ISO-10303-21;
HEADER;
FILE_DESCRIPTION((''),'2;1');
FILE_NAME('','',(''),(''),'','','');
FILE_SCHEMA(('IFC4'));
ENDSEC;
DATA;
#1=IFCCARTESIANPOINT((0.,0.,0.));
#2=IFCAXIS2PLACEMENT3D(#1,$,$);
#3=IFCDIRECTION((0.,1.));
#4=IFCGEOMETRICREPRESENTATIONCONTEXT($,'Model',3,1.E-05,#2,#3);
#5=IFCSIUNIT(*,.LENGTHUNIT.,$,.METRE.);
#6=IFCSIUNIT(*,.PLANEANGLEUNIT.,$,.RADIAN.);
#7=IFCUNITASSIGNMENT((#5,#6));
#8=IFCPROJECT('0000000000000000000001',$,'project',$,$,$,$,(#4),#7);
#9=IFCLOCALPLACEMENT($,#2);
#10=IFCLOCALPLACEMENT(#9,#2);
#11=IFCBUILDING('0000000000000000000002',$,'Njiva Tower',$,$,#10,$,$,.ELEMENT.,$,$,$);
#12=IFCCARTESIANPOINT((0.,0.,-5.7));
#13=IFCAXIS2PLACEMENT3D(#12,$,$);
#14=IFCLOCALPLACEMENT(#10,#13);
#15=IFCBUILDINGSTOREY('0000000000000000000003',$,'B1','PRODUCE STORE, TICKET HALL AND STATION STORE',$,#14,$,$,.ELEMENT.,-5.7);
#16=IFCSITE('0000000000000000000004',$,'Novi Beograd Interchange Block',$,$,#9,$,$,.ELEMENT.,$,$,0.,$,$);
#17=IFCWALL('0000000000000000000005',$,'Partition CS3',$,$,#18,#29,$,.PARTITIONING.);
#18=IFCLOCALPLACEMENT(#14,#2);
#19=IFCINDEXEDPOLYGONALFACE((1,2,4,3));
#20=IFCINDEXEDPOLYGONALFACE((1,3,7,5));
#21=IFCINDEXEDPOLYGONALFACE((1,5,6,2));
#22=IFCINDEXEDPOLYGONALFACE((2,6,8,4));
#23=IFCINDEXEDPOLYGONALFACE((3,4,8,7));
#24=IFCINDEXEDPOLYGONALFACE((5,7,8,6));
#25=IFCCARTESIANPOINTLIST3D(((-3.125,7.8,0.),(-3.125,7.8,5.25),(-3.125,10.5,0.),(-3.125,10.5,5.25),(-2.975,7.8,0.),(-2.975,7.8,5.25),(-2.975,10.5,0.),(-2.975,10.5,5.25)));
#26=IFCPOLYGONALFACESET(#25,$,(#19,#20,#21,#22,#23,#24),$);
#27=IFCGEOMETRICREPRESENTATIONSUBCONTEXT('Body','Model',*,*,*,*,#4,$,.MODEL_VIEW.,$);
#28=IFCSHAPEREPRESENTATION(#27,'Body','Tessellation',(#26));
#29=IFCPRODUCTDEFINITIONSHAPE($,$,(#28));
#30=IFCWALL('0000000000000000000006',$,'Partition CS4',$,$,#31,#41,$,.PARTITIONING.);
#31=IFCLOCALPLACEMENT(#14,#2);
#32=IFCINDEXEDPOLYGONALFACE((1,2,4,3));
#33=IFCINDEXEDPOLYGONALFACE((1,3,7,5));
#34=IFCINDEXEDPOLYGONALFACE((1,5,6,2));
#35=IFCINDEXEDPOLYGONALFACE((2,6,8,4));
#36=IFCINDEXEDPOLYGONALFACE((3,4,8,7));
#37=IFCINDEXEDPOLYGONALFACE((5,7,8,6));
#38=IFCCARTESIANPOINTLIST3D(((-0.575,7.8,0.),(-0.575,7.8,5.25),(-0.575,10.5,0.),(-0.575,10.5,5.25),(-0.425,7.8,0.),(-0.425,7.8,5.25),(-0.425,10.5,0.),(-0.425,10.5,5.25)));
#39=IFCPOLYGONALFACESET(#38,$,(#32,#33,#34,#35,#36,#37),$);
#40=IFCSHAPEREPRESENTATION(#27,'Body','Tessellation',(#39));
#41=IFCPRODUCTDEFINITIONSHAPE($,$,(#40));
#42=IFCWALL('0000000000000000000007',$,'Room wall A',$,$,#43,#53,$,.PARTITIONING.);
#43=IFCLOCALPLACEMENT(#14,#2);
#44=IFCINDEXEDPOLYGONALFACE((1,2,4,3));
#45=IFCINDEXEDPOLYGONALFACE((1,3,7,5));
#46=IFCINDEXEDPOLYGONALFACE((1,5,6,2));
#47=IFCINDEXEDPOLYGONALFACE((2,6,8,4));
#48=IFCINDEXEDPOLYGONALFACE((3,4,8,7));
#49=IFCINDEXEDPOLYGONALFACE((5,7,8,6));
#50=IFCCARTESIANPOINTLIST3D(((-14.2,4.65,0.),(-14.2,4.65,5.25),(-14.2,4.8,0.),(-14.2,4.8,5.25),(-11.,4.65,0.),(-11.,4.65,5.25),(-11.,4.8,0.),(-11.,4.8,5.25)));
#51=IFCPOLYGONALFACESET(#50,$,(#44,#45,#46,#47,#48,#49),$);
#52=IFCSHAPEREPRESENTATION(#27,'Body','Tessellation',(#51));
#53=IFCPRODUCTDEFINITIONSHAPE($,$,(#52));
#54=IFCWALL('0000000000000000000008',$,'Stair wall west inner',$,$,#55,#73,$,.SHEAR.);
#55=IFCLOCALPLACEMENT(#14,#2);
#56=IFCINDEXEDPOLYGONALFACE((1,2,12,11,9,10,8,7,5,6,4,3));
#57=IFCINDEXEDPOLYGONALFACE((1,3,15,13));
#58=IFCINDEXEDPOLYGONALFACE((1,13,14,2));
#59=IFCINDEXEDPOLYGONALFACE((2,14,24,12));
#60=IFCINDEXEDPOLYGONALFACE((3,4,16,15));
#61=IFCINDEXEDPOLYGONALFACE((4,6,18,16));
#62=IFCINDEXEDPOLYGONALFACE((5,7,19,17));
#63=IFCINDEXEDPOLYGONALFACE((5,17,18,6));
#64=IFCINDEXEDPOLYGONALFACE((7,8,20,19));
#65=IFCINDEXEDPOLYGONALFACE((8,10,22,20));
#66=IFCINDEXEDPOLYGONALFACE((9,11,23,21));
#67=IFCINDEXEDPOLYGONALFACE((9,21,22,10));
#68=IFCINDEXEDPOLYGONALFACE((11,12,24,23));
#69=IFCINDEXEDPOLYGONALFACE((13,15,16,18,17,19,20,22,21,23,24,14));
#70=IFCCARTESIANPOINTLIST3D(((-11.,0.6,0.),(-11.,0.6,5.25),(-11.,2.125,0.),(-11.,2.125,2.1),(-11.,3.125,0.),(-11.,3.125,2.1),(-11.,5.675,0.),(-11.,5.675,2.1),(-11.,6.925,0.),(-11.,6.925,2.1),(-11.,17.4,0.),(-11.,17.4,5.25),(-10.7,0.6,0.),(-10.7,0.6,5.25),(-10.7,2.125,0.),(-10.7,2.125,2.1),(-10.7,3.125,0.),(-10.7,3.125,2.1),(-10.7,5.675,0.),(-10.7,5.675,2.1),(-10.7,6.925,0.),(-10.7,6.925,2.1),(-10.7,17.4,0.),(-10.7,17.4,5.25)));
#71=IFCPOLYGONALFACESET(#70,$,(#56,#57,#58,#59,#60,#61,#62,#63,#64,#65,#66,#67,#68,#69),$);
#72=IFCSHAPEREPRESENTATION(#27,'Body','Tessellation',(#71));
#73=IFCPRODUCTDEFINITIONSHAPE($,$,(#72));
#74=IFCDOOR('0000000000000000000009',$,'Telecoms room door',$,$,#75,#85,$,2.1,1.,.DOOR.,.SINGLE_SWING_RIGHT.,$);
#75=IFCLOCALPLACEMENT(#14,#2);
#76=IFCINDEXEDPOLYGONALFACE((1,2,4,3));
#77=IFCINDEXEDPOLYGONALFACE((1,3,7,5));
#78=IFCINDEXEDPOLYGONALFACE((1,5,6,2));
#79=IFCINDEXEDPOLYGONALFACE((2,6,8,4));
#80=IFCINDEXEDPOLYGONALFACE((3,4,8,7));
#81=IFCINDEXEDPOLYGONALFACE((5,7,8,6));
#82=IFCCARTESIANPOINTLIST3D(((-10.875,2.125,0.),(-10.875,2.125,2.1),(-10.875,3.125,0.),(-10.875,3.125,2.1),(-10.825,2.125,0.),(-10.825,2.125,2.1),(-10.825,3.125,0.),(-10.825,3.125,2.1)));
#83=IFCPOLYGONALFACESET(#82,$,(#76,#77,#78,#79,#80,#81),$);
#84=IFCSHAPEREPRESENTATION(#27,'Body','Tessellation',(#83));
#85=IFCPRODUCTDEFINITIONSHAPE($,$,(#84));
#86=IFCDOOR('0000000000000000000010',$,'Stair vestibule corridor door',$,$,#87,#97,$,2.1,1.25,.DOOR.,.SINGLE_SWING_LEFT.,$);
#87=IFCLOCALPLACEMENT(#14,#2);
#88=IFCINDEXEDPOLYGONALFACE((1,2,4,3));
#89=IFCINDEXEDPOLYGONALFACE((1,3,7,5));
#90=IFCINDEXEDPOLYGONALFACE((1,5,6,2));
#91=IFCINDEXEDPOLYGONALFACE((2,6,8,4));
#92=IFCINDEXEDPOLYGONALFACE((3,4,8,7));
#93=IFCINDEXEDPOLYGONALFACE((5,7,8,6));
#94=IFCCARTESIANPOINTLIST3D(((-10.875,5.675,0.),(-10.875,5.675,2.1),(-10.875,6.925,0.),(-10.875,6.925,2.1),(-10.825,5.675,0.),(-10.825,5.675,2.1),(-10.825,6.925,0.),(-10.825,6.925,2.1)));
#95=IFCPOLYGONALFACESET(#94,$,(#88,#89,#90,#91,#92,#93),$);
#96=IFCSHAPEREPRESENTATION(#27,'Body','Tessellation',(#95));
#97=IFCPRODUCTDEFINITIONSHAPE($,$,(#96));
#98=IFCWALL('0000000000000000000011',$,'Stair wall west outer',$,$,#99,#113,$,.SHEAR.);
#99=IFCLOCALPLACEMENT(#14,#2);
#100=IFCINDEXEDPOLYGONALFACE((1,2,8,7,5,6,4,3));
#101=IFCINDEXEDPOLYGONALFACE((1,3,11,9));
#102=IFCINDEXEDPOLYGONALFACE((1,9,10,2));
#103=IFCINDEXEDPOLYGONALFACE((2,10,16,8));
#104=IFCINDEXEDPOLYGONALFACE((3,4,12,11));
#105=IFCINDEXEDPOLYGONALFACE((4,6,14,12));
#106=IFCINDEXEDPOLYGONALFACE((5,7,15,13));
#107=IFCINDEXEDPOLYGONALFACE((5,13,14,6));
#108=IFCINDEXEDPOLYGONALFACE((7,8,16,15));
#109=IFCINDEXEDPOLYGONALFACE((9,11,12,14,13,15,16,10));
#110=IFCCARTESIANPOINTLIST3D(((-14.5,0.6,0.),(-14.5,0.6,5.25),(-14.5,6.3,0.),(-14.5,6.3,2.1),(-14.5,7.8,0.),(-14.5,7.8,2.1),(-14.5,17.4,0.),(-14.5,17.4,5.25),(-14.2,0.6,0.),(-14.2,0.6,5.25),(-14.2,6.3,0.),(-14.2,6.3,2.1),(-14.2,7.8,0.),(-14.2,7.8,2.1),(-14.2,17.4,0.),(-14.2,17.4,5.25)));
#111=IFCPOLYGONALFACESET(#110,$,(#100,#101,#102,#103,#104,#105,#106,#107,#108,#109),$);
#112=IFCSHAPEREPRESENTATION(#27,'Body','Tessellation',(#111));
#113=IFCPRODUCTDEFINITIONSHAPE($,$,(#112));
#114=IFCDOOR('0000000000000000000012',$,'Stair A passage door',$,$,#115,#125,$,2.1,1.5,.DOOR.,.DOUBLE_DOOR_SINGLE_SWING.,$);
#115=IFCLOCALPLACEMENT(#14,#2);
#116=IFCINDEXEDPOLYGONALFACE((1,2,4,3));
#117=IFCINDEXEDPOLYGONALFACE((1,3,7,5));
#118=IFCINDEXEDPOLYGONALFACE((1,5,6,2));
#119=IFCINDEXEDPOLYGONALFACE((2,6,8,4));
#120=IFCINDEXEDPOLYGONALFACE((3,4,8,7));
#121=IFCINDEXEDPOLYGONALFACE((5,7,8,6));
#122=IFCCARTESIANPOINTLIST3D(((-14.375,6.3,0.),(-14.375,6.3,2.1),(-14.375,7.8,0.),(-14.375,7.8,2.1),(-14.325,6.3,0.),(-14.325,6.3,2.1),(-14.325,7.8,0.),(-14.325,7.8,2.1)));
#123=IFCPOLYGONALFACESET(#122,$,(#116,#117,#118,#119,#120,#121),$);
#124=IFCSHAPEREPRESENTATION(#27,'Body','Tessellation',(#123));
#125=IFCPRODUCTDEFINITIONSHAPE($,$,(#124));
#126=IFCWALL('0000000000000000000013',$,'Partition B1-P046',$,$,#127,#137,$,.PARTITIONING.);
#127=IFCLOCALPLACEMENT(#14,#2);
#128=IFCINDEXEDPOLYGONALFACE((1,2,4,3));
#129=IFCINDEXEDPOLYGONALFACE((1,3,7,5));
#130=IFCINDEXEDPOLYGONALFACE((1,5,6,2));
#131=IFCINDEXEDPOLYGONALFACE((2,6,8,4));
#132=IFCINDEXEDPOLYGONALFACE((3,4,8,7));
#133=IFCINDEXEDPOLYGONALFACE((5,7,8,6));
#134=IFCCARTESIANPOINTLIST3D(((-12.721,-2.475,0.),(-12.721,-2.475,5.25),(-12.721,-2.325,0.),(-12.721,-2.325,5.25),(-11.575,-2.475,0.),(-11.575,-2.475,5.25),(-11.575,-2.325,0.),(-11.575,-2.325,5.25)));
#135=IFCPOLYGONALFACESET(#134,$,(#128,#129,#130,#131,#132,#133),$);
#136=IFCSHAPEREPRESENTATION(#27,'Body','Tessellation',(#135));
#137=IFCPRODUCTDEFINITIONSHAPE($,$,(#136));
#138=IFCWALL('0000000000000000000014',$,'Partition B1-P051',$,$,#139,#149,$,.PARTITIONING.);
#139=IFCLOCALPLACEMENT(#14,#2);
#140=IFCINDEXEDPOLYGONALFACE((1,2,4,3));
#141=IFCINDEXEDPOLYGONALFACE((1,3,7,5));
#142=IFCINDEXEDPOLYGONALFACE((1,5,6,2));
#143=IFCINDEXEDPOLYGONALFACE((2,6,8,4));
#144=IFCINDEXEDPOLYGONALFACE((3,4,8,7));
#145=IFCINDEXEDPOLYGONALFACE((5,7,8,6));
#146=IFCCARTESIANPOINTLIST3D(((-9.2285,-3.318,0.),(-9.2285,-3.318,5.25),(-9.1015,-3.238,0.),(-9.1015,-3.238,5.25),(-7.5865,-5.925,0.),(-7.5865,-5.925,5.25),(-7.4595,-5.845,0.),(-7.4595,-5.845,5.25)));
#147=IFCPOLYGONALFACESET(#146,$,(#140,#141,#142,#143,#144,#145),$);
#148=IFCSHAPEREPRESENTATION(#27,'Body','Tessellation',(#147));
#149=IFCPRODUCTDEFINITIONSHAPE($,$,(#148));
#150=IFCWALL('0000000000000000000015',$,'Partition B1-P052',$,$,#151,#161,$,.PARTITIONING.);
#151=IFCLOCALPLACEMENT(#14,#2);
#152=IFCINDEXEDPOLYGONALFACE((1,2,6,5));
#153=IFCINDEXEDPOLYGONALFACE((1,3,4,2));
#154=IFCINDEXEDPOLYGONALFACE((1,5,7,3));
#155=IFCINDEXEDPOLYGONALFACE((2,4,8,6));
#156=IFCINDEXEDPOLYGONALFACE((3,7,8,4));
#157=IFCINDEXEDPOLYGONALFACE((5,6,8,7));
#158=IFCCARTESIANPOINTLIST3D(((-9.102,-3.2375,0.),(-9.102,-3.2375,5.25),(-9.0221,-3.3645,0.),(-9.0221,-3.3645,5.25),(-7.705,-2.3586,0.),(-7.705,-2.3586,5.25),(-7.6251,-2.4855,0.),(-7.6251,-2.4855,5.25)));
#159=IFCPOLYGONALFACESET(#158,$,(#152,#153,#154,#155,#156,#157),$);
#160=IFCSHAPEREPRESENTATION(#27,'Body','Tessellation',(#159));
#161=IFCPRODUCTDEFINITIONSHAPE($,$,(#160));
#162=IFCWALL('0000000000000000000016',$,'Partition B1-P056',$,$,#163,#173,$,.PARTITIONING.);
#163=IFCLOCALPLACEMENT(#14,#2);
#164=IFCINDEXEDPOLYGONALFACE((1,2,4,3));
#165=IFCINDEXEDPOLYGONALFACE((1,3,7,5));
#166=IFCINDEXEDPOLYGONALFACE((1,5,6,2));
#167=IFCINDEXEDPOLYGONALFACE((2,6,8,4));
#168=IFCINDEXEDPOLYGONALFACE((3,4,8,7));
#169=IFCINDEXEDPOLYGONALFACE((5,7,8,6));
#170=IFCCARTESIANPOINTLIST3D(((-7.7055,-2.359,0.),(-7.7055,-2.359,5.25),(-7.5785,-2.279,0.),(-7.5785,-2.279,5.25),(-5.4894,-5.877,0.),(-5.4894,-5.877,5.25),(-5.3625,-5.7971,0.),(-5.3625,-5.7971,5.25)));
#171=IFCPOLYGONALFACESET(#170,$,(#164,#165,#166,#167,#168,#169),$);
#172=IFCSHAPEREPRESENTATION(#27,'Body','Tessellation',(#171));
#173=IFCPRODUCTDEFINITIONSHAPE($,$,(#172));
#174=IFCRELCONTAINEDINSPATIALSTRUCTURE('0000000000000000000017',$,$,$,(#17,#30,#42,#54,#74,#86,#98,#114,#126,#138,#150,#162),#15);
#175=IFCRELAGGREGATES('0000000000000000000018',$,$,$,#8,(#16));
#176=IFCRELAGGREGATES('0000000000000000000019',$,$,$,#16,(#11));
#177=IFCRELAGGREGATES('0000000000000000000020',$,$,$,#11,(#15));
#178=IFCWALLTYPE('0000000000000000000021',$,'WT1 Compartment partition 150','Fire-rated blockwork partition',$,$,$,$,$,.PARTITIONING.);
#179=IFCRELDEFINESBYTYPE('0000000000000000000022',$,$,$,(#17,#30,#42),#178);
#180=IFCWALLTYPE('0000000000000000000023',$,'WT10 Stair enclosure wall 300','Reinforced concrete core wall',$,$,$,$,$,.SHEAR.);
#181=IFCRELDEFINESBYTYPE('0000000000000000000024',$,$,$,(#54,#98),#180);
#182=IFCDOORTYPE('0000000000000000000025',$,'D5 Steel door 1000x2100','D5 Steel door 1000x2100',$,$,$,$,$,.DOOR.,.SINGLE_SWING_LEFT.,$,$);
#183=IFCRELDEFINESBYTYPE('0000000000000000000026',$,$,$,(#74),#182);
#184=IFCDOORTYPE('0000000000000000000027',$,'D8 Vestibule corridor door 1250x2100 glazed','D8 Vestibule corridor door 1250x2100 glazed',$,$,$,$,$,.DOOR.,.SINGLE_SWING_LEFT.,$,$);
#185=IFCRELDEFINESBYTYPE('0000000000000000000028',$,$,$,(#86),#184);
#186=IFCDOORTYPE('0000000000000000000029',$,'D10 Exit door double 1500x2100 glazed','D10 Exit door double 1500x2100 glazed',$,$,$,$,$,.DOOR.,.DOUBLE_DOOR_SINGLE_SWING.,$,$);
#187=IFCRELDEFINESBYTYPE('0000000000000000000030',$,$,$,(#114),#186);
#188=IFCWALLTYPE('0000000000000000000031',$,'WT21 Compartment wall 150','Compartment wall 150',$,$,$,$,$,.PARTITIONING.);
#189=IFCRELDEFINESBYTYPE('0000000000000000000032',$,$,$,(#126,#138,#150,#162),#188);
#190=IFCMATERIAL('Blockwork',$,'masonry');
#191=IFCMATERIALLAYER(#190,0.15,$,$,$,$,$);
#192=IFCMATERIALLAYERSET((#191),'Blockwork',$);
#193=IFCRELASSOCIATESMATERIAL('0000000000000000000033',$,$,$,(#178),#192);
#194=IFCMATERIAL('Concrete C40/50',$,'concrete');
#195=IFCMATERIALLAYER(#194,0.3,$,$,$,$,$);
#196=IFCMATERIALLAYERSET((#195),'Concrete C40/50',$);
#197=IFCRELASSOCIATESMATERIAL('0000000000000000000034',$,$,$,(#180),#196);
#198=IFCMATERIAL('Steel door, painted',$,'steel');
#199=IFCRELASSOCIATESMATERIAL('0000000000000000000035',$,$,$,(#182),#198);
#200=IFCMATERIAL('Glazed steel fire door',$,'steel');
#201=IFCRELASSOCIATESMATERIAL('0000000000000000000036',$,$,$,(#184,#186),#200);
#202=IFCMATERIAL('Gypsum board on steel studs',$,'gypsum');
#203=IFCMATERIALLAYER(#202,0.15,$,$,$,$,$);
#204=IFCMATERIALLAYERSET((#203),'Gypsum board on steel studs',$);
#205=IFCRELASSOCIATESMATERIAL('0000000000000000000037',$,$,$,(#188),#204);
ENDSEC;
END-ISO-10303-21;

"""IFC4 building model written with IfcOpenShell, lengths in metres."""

from ifc_helpers import new_model, si_unit, direction, frame, frame_2d, origin, place, context, subcontext, project, spatial, rectangle, extrude, material, layer, layer_set, type_object, element, fill, save


model = new_model("IFC4")

# Units and contexts
model_context = context("Model", 3, precision=1e-05, world=origin(), true_north=direction((0.0, 1.0)))
body_context = subcontext(model_context, "Body", "Model", "MODEL_VIEW")
ifc_project = project(units=[si_unit("LENGTHUNIT", "METRE"), si_unit("PLANEANGLEUNIT", "RADIAN")], contexts=[model_context])

# Site, building, storey
site_placement = place(None, origin())
site = spatial("IfcSite", under=ifc_project, at=site_placement, Name="Novi Beograd Interchange Block", CompositionType="ELEMENT", RefElevation=0.0)
building_placement = place(site_placement, origin())
building = spatial("IfcBuilding", under=site, at=building_placement, Name="Njiva Tower", CompositionType="ELEMENT")
storey_placement = place(building_placement, frame((0.0, 0.0, -5.7)))
storey = spatial("IfcBuildingStorey", under=building, at=storey_placement, Name="B1", Description="PRODUCE STORE, TICKET HALL AND STATION STORE", CompositionType="ELEMENT", Elevation=-5.7)

# Shared definitions
ifc_material_1 = material(Name="Concrete C40/50", Category="concrete")

# Walls
ifc_material_2 = material(Name="Blockwork", Category="masonry")
ifc_layer_1 = layer(ifc_material_2, 0.15)
ifc_layer_set_1 = layer_set([ifc_layer_1], Name="Blockwork")
wall_type_1 = type_object("IfcWallType", Name="WT1 Compartment partition 150", Description="Fire-rated blockwork partition", PredefinedType="PARTITIONING", material=ifc_layer_set_1)
for number, where, z_axis, x_axis, name in (
    (1, (-3.05, 7.8, 0.0), (0.0, 0.0, 1.0), (0.0, 1.0, 0.0), "Partition CS3"),
    (2, (-0.5, 7.8, 0.0), (0.0, 0.0, 1.0), (0.0, 1.0, 0.0), "Partition CS4"),
):
    element("IfcWall", number, at=place(storey_placement, frame(where, z_axis=z_axis, x_axis=x_axis)), inside=storey, type_object=wall_type_1, Name=name, PredefinedType="PARTITIONING", context=body_context, shape_type="SweptSolid", body=[
        extrude(rectangle(XDim=2.7, YDim=0.15, at=frame_2d((1.35, 0.0))), origin(), (0.0, 0.0, 1.0), 5.25),
    ])
wall_1_placement = place(storey_placement, frame((-14.2, 4.725, 0.0), z_axis=(0.0, 0.0, 1.0), x_axis=(1.0, 0.0, 0.0)))
element("IfcWall", 3, at=wall_1_placement, inside=storey, type_object=wall_type_1, Name="Room wall A", PredefinedType="PARTITIONING", context=body_context, shape_type="SweptSolid", body=[
    extrude(rectangle(XDim=3.2, YDim=0.15, at=frame_2d((1.6, 0.0))), origin(), (0.0, 0.0, 1.0), 5.25),
])

# Wall, openings, doors
ifc_layer_2 = layer(ifc_material_1, 0.3)
ifc_layer_set_2 = layer_set([ifc_layer_2], Name="Concrete C40/50")
wall_type_2 = type_object("IfcWallType", Name="WT10 Stair enclosure wall 300", Description="Reinforced concrete core wall", PredefinedType="SHEAR", material=ifc_layer_set_2)
wall_2_placement = place(storey_placement, frame((-10.85, 0.6, 0.0), z_axis=(0.0, 0.0, 1.0), x_axis=(0.0, 1.0, 0.0)))
wall_2 = element("IfcWall", 4, at=wall_2_placement, inside=storey, type_object=wall_type_2, Name="Stair wall west inner", PredefinedType="SHEAR", context=body_context, shape_type="SweptSolid", body=[
    extrude(rectangle(XDim=16.8, YDim=0.3, at=frame_2d((8.4, 0.0))), origin(), (0.0, 0.0, 1.0), 5.25),
])
opening_1_placement = place(wall_2_placement, frame((5.075, 0.0, 0.0)))
opening_1 = element("IfcOpeningElement", 5, at=opening_1_placement, cuts=wall_2, PredefinedType="OPENING", context=body_context, shape_type="SweptSolid", body=[
    extrude(rectangle(XDim=1.25, YDim=2.1, at=frame_2d((0.625, 1.05))), frame((0.0, 0.16, 0.0), z_axis=(0.0, -1.0, 0.0), x_axis=(1.0, 0.0, 0.0)), (0.0, 0.0, 1.0), 0.32),
])
opening_2_placement = place(wall_2_placement, frame((1.525, 0.0, 0.0)))
opening_2 = element("IfcOpeningElement", 6, at=opening_2_placement, cuts=wall_2, PredefinedType="OPENING", context=body_context, shape_type="SweptSolid", body=[
    extrude(rectangle(XDim=1.0, YDim=2.1, at=frame_2d((0.5, 1.05))), frame((0.0, 0.16, 0.0), z_axis=(0.0, -1.0, 0.0), x_axis=(1.0, 0.0, 0.0)), (0.0, 0.0, 1.0), 0.32),
])
ifc_material_3 = material(Name="Steel door, painted", Category="steel")
door_type_1 = type_object("IfcDoorType", Name="D5 Steel door 1000x2100", Description="D5 Steel door 1000x2100", OperationType="SINGLE_SWING_LEFT", PredefinedType="DOOR", material=ifc_material_3)
door_1_placement = place(opening_2_placement, origin())
door_1 = element("IfcDoor", 7, at=door_1_placement, inside=storey, type_object=door_type_1, Name="Telecoms room door", OperationType="SINGLE_SWING_RIGHT", OverallHeight=2.1, OverallWidth=1.0, PredefinedType="DOOR", context=body_context, shape_type="SweptSolid", body=[
    extrude(rectangle(XDim=1.0, YDim=2.1, at=frame_2d((0.5, 1.05))), frame((0.0, 0.025, 0.0), z_axis=(0.0, -1.0, 0.0), x_axis=(1.0, 0.0, 0.0)), (0.0, 0.0, 1.0), 0.05),
])
fill(opening_2, door_1)
ifc_material_4 = material(Name="Glazed steel fire door", Category="steel")
door_type_2 = type_object("IfcDoorType", Name="D8 Vestibule corridor door 1250x2100 glazed", Description="D8 Vestibule corridor door 1250x2100 glazed", OperationType="SINGLE_SWING_LEFT", PredefinedType="DOOR", material=ifc_material_4)
door_2_placement = place(opening_1_placement, origin())
door_2 = element("IfcDoor", 8, at=door_2_placement, inside=storey, type_object=door_type_2, Name="Stair vestibule corridor door", OperationType="SINGLE_SWING_LEFT", OverallHeight=2.1, OverallWidth=1.25, PredefinedType="DOOR", context=body_context, shape_type="SweptSolid", body=[
    extrude(rectangle(XDim=1.25, YDim=2.1, at=frame_2d((0.625, 1.05))), frame((0.0, 0.025, 0.0), z_axis=(0.0, -1.0, 0.0), x_axis=(1.0, 0.0, 0.0)), (0.0, 0.0, 1.0), 0.05),
])
fill(opening_1, door_2)

# Wall, opening, door
wall_3_placement = place(storey_placement, frame((-14.35, 0.6, 0.0), z_axis=(0.0, 0.0, 1.0), x_axis=(0.0, 1.0, 0.0)))
wall_3 = element("IfcWall", 9, at=wall_3_placement, inside=storey, type_object=wall_type_2, Name="Stair wall west outer", PredefinedType="SHEAR", context=body_context, shape_type="SweptSolid", body=[
    extrude(rectangle(XDim=16.8, YDim=0.3, at=frame_2d((8.4, 0.0))), origin(), (0.0, 0.0, 1.0), 5.25),
])
opening_3_placement = place(wall_3_placement, frame((5.7, 0.0, 0.0)))
opening_3 = element("IfcOpeningElement", 10, at=opening_3_placement, cuts=wall_3, PredefinedType="OPENING", context=body_context, shape_type="SweptSolid", body=[
    extrude(rectangle(XDim=1.5, YDim=2.1, at=frame_2d((0.75, 1.05))), frame((0.0, 0.16, 0.0), z_axis=(0.0, -1.0, 0.0), x_axis=(1.0, 0.0, 0.0)), (0.0, 0.0, 1.0), 0.32),
])
door_type_3 = type_object("IfcDoorType", Name="D10 Exit door double 1500x2100 glazed", Description="D10 Exit door double 1500x2100 glazed", OperationType="DOUBLE_DOOR_SINGLE_SWING", PredefinedType="DOOR", material=ifc_material_4)
door_3_placement = place(opening_3_placement, origin())
door_3 = element("IfcDoor", 11, at=door_3_placement, inside=storey, type_object=door_type_3, Name="Stair A passage door", OperationType="DOUBLE_DOOR_SINGLE_SWING", OverallHeight=2.1, OverallWidth=1.5, PredefinedType="DOOR", context=body_context, shape_type="SweptSolid", body=[
    extrude(rectangle(XDim=1.5, YDim=2.1, at=frame_2d((0.75, 1.05))), frame((0.0, 0.025, 0.0), z_axis=(0.0, -1.0, 0.0), x_axis=(1.0, 0.0, 0.0)), (0.0, 0.0, 1.0), 0.05),
])
fill(opening_3, door_3)

# Walls
ifc_material_5 = material(Name="Gypsum board on steel studs", Category="gypsum")
ifc_layer_3 = layer(ifc_material_5, 0.15)
ifc_layer_set_3 = layer_set([ifc_layer_3], Name="Gypsum board on steel studs")
wall_type_3 = type_object("IfcWallType", Name="WT21 Compartment wall 150", Description="Compartment wall 150", PredefinedType="PARTITIONING", material=ifc_layer_set_3)
wall_4_placement = place(storey_placement, frame((-12.721, -2.4, 0.0), z_axis=(0.0, 0.0, 1.0), x_axis=(1.0, 0.0, 0.0)))
element("IfcWall", 12, at=wall_4_placement, inside=storey, type_object=wall_type_3, Name="Partition B1-P046", PredefinedType="PARTITIONING", context=body_context, shape_type="SweptSolid", body=[
    extrude(rectangle(XDim=1.146, YDim=0.15, at=frame_2d((0.573, 0.0))), origin(), (0.0, 0.0, 1.0), 5.25),
])
wall_5_placement = place(storey_placement, frame((-9.165, -3.278, 0.0), z_axis=(0.0, 0.0, 1.0), x_axis=(0.532942, -0.846152, 0.0)))
element("IfcWall", 13, at=wall_5_placement, inside=storey, type_object=wall_type_3, Name="Partition B1-P051", PredefinedType="PARTITIONING", context=body_context, shape_type="SweptSolid", body=[
    extrude(rectangle(XDim=3.081, YDim=0.15, at=frame_2d((1.5405, 0.0))), origin(), (0.0, 0.0, 1.0), 5.25),
])
wall_6_placement = place(storey_placement, frame((-9.062, -3.301, 0.0), z_axis=(0.0, 0.0, 1.0), x_axis=(0.846395, 0.532556, 0.0)))
element("IfcWall", 14, at=wall_6_placement, inside=storey, type_object=wall_type_3, Name="Partition B1-P052", PredefinedType="PARTITIONING", context=body_context, shape_type="SweptSolid", body=[
    extrude(rectangle(XDim=1.6505, YDim=0.15, at=frame_2d((0.8252, 0.0))), origin(), (0.0, 0.0, 1.0), 5.25),
])
wall_7_placement = place(storey_placement, frame((-7.642, -2.319, 0.0), z_axis=(0.0, 0.0, 1.0), x_axis=(0.532979, -0.846128, 0.0)))
element("IfcWall", 15, at=wall_7_placement, inside=storey, type_object=wall_type_3, Name="Partition B1-P056", PredefinedType="PARTITIONING", context=body_context, shape_type="SweptSolid", body=[
    extrude(rectangle(XDim=4.1578, YDim=0.15, at=frame_2d((2.0789, 0.0))), origin(), (0.0, 0.0, 1.0), 5.25),
])

save(model, "model.ifc")
